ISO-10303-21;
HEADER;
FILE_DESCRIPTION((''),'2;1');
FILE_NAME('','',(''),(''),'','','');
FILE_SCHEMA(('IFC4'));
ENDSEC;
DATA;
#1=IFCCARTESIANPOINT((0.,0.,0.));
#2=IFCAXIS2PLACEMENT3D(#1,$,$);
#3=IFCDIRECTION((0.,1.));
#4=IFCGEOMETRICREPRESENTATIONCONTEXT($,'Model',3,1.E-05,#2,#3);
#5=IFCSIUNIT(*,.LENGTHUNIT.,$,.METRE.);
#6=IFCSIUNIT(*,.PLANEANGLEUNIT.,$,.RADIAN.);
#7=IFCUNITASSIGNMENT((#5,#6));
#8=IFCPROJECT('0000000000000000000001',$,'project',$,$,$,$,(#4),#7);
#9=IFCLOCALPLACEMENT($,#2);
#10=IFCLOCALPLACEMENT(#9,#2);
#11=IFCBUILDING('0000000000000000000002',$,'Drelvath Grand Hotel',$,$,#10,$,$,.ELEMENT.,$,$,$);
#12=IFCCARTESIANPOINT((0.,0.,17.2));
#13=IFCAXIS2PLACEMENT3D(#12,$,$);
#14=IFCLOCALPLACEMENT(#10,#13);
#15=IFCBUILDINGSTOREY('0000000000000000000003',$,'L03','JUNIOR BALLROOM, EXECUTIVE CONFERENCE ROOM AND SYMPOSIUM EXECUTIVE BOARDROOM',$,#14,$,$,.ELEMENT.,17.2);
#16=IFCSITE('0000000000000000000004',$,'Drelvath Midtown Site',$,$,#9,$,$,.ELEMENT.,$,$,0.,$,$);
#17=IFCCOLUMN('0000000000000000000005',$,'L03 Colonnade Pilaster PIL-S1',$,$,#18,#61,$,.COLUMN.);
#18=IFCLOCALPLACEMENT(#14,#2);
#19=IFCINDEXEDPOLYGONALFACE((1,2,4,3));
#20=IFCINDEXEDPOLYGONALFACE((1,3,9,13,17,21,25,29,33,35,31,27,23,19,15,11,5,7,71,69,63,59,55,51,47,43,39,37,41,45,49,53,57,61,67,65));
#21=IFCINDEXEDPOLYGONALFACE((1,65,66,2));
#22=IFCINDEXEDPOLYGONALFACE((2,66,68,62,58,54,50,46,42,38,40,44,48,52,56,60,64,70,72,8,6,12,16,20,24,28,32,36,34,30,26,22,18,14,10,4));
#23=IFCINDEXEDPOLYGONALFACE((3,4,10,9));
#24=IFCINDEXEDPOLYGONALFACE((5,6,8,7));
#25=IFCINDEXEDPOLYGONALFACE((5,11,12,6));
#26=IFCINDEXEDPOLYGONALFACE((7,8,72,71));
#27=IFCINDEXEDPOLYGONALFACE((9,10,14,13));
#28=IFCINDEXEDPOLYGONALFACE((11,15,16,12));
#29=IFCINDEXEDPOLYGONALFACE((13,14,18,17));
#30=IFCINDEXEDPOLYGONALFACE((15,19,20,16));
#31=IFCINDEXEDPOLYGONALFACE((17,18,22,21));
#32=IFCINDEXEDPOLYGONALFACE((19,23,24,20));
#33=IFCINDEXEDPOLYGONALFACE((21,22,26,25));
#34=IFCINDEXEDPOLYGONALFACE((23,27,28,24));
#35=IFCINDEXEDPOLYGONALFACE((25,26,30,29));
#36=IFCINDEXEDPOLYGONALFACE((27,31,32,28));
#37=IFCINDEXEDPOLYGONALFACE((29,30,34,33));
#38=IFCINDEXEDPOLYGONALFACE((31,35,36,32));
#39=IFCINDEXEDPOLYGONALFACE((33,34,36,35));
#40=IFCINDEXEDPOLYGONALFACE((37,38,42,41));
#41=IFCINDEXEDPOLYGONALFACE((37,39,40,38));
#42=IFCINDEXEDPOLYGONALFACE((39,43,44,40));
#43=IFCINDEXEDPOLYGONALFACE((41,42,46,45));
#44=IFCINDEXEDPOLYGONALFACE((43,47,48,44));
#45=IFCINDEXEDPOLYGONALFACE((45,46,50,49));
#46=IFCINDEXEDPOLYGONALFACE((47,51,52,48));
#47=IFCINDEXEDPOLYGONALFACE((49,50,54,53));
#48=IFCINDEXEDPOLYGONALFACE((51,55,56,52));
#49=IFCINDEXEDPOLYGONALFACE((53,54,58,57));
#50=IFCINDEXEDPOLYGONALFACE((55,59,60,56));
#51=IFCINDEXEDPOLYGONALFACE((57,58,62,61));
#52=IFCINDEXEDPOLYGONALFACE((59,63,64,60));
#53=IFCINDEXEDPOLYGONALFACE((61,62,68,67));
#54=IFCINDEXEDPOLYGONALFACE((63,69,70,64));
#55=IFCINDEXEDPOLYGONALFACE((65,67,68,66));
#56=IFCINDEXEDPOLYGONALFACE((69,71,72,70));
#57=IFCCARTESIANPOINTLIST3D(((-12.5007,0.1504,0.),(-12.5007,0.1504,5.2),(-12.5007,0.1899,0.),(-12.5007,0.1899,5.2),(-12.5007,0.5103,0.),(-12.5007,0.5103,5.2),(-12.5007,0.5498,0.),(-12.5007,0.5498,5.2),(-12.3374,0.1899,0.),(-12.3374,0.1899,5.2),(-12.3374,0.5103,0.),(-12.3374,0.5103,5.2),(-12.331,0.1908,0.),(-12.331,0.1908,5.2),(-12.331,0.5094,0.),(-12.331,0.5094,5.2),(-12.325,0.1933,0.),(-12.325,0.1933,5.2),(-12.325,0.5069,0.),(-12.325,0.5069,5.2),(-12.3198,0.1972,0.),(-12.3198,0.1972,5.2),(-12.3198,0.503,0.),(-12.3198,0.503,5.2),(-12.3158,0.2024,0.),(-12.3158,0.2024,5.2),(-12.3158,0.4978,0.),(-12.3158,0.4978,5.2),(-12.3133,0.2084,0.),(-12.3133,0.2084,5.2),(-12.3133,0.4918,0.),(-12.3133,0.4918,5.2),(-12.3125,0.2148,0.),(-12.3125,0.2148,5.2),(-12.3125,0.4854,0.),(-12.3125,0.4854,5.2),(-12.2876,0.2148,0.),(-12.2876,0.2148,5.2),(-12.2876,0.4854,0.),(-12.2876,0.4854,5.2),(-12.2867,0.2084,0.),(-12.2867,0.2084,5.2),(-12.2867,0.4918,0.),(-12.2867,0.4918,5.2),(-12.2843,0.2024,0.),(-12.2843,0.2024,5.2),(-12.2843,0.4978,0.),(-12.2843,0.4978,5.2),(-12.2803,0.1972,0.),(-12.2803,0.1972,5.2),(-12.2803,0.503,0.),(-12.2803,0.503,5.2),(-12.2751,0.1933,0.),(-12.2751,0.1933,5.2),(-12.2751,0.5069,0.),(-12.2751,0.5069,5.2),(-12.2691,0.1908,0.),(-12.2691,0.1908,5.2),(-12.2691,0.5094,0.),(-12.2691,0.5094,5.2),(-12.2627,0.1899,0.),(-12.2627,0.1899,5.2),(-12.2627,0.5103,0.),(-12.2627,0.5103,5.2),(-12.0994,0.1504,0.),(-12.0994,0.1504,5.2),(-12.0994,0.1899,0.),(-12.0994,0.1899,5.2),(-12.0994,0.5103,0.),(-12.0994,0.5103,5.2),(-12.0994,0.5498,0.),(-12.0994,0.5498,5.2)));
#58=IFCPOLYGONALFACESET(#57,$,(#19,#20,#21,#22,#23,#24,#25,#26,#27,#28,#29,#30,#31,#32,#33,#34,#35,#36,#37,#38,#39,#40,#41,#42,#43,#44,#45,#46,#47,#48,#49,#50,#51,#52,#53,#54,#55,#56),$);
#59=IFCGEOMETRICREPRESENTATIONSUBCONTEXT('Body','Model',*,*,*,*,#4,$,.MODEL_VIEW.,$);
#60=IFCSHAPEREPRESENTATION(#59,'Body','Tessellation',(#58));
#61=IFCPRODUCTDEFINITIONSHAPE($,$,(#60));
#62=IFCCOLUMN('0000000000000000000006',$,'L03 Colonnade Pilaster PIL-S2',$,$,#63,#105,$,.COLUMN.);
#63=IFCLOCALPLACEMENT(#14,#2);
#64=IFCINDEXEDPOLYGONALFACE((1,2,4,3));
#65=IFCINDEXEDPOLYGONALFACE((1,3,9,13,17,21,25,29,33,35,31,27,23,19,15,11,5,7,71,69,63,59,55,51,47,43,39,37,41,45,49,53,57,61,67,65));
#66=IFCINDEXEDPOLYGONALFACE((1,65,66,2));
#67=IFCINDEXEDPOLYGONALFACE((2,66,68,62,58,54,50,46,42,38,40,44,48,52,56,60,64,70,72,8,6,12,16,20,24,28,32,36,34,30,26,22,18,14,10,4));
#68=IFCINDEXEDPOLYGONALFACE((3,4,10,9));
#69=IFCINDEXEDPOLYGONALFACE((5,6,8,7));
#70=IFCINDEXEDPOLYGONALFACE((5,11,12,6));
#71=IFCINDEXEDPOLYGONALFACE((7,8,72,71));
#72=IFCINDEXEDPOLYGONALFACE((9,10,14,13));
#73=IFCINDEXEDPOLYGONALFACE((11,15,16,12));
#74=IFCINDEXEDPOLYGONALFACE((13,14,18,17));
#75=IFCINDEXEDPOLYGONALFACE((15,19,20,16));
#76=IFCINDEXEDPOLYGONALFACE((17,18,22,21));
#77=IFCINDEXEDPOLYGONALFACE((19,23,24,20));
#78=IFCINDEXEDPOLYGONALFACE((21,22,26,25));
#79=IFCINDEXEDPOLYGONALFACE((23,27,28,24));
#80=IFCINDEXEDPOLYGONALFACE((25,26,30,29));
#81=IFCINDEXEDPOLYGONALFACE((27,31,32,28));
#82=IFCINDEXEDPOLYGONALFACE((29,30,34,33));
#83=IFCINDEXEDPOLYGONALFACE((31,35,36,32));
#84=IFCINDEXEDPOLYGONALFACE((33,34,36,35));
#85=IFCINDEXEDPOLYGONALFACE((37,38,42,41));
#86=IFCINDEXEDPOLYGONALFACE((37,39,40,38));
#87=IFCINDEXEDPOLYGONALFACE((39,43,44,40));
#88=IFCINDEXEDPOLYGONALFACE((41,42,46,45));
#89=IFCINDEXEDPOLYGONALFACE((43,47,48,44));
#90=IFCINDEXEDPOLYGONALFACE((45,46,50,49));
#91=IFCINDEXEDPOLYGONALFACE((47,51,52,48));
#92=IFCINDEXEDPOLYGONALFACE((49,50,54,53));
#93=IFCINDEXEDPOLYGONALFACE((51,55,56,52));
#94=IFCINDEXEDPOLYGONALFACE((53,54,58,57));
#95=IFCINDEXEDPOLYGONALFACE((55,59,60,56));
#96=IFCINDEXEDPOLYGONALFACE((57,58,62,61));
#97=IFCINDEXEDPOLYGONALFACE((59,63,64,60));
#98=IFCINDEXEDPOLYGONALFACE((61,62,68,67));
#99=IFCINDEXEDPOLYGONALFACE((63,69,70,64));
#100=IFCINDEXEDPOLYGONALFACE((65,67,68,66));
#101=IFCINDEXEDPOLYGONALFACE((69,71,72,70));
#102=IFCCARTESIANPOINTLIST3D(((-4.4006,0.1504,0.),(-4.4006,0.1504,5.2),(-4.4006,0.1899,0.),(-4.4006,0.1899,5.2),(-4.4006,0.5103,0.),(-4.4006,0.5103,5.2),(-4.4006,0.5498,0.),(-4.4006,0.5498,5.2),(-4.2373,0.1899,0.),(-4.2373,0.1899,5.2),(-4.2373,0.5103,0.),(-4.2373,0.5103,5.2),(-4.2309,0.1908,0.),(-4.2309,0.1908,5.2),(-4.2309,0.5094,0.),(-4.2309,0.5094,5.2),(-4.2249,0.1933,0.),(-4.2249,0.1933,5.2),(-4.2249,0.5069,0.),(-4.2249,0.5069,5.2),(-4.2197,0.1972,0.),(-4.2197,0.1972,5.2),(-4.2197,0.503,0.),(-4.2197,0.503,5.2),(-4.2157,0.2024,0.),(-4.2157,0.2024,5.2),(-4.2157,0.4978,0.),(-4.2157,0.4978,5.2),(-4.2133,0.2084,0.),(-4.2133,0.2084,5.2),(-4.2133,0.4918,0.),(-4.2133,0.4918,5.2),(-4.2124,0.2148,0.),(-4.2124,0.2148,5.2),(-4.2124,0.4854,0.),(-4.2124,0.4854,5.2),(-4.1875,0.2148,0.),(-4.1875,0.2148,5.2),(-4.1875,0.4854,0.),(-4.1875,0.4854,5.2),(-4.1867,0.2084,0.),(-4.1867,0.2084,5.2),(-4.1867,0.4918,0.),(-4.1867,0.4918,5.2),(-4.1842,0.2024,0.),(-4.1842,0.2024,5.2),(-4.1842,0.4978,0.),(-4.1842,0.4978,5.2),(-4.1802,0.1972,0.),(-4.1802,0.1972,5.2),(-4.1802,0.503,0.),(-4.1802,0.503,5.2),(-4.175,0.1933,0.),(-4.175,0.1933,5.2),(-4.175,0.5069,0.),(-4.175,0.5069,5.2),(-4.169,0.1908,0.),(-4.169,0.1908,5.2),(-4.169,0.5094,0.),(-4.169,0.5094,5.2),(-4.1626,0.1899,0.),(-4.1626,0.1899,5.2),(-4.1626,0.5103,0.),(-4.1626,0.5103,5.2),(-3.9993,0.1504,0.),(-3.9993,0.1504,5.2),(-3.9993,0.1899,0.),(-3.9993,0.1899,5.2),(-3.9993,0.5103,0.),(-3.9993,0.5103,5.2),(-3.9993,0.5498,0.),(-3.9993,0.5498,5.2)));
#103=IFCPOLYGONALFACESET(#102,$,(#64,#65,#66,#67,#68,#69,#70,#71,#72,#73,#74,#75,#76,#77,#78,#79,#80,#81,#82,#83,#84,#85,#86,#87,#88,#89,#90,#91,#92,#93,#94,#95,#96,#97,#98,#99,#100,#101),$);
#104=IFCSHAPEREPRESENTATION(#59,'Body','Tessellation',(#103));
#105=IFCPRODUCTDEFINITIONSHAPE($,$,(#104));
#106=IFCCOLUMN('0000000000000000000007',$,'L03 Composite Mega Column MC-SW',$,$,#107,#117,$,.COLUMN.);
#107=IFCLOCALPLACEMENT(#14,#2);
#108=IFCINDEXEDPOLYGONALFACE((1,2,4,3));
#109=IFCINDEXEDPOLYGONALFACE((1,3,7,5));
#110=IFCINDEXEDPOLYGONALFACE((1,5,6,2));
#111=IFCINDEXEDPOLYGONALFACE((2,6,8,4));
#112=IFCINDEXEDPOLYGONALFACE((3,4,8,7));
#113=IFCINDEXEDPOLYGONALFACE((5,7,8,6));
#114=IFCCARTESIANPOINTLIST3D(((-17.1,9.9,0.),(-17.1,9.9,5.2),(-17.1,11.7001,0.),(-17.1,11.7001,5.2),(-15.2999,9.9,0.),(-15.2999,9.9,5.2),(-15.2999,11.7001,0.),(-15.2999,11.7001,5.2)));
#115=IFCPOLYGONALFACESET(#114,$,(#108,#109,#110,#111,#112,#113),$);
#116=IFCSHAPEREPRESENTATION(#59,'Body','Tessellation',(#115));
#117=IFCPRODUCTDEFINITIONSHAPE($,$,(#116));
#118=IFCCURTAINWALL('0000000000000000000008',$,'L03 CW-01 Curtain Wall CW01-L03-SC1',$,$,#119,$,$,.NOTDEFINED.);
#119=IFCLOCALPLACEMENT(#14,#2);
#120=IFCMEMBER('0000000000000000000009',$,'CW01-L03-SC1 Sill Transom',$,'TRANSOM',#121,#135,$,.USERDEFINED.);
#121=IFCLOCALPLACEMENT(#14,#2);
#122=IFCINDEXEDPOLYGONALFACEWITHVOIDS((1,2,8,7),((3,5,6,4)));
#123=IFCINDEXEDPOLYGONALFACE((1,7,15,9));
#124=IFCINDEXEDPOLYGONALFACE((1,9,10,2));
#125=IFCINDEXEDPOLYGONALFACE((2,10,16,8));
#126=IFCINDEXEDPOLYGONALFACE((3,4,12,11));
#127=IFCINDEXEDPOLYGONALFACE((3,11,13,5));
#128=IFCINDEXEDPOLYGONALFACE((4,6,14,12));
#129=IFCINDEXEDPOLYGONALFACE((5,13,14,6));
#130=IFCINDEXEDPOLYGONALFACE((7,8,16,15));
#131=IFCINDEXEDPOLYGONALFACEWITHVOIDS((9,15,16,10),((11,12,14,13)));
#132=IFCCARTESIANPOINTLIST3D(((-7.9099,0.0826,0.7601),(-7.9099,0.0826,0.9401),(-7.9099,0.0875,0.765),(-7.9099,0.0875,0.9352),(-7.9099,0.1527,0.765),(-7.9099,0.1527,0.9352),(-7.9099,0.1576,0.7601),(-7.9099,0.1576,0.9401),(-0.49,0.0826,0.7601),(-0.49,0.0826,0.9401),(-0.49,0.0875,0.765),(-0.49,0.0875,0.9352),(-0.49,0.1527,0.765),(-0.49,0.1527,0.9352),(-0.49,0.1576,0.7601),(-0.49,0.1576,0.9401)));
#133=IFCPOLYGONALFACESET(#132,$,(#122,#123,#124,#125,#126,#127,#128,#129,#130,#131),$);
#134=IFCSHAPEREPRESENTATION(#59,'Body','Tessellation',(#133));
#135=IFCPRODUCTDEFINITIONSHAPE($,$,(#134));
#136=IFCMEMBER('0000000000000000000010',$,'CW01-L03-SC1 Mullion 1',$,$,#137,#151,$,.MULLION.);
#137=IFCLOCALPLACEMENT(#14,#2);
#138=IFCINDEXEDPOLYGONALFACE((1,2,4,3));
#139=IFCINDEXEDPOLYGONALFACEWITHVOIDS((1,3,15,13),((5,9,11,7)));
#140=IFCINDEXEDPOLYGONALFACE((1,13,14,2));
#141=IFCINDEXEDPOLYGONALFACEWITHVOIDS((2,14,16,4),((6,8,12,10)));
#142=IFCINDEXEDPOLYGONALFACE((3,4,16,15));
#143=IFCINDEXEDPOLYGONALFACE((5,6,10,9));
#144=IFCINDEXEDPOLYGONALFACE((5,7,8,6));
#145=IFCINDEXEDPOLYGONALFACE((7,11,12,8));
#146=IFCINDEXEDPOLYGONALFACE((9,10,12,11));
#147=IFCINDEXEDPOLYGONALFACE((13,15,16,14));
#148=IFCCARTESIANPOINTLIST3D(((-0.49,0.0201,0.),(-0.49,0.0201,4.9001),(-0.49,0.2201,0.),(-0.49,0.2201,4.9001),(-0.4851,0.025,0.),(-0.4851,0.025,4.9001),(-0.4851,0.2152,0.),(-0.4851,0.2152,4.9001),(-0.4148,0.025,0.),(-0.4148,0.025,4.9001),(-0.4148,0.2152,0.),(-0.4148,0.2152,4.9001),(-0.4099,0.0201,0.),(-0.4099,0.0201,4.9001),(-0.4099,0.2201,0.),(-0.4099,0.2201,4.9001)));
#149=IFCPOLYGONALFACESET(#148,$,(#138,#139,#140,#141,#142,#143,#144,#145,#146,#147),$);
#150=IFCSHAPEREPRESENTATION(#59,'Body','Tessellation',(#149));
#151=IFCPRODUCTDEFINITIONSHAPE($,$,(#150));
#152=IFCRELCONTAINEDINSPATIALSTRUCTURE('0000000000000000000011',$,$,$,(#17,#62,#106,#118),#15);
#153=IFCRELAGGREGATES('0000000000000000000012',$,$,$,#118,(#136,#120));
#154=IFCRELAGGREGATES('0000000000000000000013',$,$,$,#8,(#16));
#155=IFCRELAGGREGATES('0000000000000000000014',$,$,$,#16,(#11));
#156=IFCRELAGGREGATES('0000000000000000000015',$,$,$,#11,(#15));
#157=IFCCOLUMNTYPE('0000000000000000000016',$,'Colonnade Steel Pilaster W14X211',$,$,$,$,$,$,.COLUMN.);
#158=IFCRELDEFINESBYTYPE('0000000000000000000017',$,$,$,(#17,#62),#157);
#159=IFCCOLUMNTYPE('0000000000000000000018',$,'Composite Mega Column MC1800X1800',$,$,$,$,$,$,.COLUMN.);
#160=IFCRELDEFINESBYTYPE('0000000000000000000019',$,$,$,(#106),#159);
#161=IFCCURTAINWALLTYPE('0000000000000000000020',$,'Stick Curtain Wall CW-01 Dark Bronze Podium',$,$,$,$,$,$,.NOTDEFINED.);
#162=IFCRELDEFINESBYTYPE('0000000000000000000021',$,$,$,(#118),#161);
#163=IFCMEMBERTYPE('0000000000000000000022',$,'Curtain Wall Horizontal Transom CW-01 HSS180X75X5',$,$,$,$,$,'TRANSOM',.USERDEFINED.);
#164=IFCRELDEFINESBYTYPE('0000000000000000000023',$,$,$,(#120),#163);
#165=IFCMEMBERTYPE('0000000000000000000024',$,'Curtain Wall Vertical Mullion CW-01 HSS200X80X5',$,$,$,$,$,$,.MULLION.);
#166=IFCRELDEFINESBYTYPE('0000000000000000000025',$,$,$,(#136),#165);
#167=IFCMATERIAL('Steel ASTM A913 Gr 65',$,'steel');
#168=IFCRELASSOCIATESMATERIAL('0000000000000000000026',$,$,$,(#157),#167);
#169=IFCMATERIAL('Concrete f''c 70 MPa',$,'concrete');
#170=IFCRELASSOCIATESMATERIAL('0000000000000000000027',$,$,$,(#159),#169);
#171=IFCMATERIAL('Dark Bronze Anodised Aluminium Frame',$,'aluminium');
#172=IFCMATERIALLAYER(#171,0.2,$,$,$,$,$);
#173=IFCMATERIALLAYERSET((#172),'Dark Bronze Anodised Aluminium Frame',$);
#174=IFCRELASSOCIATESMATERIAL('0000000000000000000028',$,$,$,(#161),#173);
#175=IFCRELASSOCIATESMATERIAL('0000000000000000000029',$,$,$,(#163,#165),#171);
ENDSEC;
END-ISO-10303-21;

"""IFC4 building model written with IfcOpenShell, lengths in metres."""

from ifc_helpers import new_model, si_unit, direction, frame, origin, origin_2d, place, context, subcontext, project, spatial, rectangle, hollow_rectangle, i_section, extrude, material, layer, layer_set, material_profile, profile_set, type_object, element, aggregate, save


model = new_model("IFC4")

# Units and contexts
model_context = context("Model", 3, precision=1e-05, world=origin(), true_north=direction((0.0, 1.0)))
body_context = subcontext(model_context, "Body", "Model", "MODEL_VIEW")
ifc_project = project(units=[si_unit("LENGTHUNIT", "METRE"), si_unit("PLANEANGLEUNIT", "RADIAN")], contexts=[model_context])

# Site, building, storey
site_placement = place(None, origin())
site = spatial("IfcSite", under=ifc_project, at=site_placement, Name="Drelvath Midtown Site", CompositionType="ELEMENT", RefElevation=0.0)
building_placement = place(site_placement, origin())
building = spatial("IfcBuilding", under=site, at=building_placement, Name="Drelvath Grand Hotel", CompositionType="ELEMENT")
storey_placement = place(building_placement, frame((0.0, 0.0, 17.2)))
storey = spatial("IfcBuildingStorey", under=building, at=storey_placement, Name="L03", Description="JUNIOR BALLROOM, EXECUTIVE CONFERENCE ROOM AND SYMPOSIUM EXECUTIVE BOARDROOM", CompositionType="ELEMENT", Elevation=17.2)

# Columns
ifc_material_1 = material(Name="Steel ASTM A913 Gr 65", Category="steel")
ifc_material_profile_1 = material_profile(ifc_material_1, i_section(OverallWidth=0.4014, OverallDepth=0.3994, WebThickness=0.0249, FlangeThickness=0.0396, FilletRadius=0.0249, at=origin_2d()), Name="W14X211")
ifc_profile_set_1 = profile_set([ifc_material_profile_1], Name="Steel ASTM A913 Gr 65")
column_type_1 = type_object("IfcColumnType", Name="Colonnade Steel Pilaster W14X211", PredefinedType="COLUMN", material=ifc_profile_set_1)
for number, where, z_axis, x_axis, name in (
    (1, (-12.3, 0.3501, 0.0), (0.0, 0.0, 1.0), (1.0, 0.0, 0.0), "L03 Colonnade Pilaster PIL-S1"),
    (2, (-4.2, 0.3501, 0.0), (0.0, 0.0, 1.0), (1.0, 0.0, 0.0), "L03 Colonnade Pilaster PIL-S2"),
):
    element("IfcColumn", number, at=place(storey_placement, frame(where, z_axis=z_axis, x_axis=x_axis)), inside=storey, type_object=column_type_1, Name=name, PredefinedType="COLUMN", context=body_context, shape_type="SweptSolid", body=[
        extrude(i_section(OverallWidth=0.4014, OverallDepth=0.3994, WebThickness=0.0249, FlangeThickness=0.0396, FilletRadius=0.0249, at=origin_2d()), origin(), (0.0, 0.0, 1.0), 5.2),
    ])
ifc_material_2 = material(Name="Concrete f'c 70 MPa", Category="concrete")
ifc_material_profile_2 = material_profile(ifc_material_2, rectangle(XDim=1.8, YDim=1.8, at=origin_2d()), Name="MC1800X1800")
ifc_profile_set_2 = profile_set([ifc_material_profile_2], Name="Concrete f'c 70 MPa")
column_type_2 = type_object("IfcColumnType", Name="Composite Mega Column MC1800X1800", PredefinedType="COLUMN", material=ifc_profile_set_2)
column_placement = place(storey_placement, frame((-16.2, 10.8, 0.0), z_axis=(0.0, 0.0, 1.0), x_axis=(1.0, 0.0, 0.0)))
element("IfcColumn", 3, at=column_placement, inside=storey, type_object=column_type_2, Name="L03 Composite Mega Column MC-SW", PredefinedType="COLUMN", context=body_context, shape_type="SweptSolid", body=[
    extrude(rectangle(XDim=1.8, YDim=1.8, at=origin_2d()), origin(), (0.0, 0.0, 1.0), 5.2),
])

# Curtain wall, members
ifc_material_3 = material(Name="Dark Bronze Anodised Aluminium Frame", Category="aluminium")
ifc_layer_1 = layer(ifc_material_3, 0.2)
ifc_layer_set_1 = layer_set([ifc_layer_1], Name="Dark Bronze Anodised Aluminium Frame")
curtain_wall_type = type_object("IfcCurtainWallType", Name="Stick Curtain Wall CW-01 Dark Bronze Podium", PredefinedType="NOTDEFINED", material=ifc_layer_set_1)
curtain_wall_placement = place(storey_placement, origin())
curtain_wall = element("IfcCurtainWall", 4, at=curtain_wall_placement, inside=storey, type_object=curtain_wall_type, Name="L03 CW-01 Curtain Wall CW01-L03-SC1", PredefinedType="NOTDEFINED")
ifc_material_profile_3 = material_profile(ifc_material_3, hollow_rectangle(XDim=0.075, YDim=0.1799, WallThickness=0.0049, at=origin_2d()), Name="HSS180X75X5")
ifc_profile_set_3 = profile_set([ifc_material_profile_3], Name="Dark Bronze Anodised Aluminium Frame")
member_type_1 = type_object("IfcMemberType", Name="Curtain Wall Horizontal Transom CW-01 HSS180X75X5", ElementType="TRANSOM", PredefinedType="USERDEFINED", material=ifc_profile_set_3)
member_1_placement = place(storey_placement, frame((-0.49, 0.1201, 0.8501), z_axis=(-1.0, 0.0, 0.0), x_axis=(0.0, -1.0, 0.0)))
member_1 = element("IfcMember", 5, at=member_1_placement, type_object=member_type_1, Name="CW01-L03-SC1 Sill Transom", ObjectType="TRANSOM", PredefinedType="USERDEFINED", context=body_context, shape_type="SweptSolid", body=[
    extrude(hollow_rectangle(XDim=0.075, YDim=0.1799, WallThickness=0.0049, at=origin_2d()), origin(), (0.0, 0.0, 1.0), 7.4199),
])
ifc_material_profile_4 = material_profile(ifc_material_3, hollow_rectangle(XDim=0.0801, YDim=0.2, WallThickness=0.0049, at=origin_2d()), Name="HSS200X80X5")
ifc_profile_set_4 = profile_set([ifc_material_profile_4], Name="Dark Bronze Anodised Aluminium Frame")
member_type_2 = type_object("IfcMemberType", Name="Curtain Wall Vertical Mullion CW-01 HSS200X80X5", PredefinedType="MULLION", material=ifc_profile_set_4)
member_2_placement = place(storey_placement, frame((-0.45, 0.1201, 0.0), z_axis=(0.0, 0.0, 1.0), x_axis=(1.0, 0.0, 0.0)))
member_2 = element("IfcMember", 6, at=member_2_placement, type_object=member_type_2, Name="CW01-L03-SC1 Mullion 1", PredefinedType="MULLION", context=body_context, shape_type="SweptSolid", body=[
    extrude(hollow_rectangle(XDim=0.0801, YDim=0.2, WallThickness=0.0049, at=origin_2d()), origin(), (0.0, 0.0, 1.0), 4.9001),
])

aggregate(curtain_wall, [member_2, member_1])

save(model, "model.ifc")
